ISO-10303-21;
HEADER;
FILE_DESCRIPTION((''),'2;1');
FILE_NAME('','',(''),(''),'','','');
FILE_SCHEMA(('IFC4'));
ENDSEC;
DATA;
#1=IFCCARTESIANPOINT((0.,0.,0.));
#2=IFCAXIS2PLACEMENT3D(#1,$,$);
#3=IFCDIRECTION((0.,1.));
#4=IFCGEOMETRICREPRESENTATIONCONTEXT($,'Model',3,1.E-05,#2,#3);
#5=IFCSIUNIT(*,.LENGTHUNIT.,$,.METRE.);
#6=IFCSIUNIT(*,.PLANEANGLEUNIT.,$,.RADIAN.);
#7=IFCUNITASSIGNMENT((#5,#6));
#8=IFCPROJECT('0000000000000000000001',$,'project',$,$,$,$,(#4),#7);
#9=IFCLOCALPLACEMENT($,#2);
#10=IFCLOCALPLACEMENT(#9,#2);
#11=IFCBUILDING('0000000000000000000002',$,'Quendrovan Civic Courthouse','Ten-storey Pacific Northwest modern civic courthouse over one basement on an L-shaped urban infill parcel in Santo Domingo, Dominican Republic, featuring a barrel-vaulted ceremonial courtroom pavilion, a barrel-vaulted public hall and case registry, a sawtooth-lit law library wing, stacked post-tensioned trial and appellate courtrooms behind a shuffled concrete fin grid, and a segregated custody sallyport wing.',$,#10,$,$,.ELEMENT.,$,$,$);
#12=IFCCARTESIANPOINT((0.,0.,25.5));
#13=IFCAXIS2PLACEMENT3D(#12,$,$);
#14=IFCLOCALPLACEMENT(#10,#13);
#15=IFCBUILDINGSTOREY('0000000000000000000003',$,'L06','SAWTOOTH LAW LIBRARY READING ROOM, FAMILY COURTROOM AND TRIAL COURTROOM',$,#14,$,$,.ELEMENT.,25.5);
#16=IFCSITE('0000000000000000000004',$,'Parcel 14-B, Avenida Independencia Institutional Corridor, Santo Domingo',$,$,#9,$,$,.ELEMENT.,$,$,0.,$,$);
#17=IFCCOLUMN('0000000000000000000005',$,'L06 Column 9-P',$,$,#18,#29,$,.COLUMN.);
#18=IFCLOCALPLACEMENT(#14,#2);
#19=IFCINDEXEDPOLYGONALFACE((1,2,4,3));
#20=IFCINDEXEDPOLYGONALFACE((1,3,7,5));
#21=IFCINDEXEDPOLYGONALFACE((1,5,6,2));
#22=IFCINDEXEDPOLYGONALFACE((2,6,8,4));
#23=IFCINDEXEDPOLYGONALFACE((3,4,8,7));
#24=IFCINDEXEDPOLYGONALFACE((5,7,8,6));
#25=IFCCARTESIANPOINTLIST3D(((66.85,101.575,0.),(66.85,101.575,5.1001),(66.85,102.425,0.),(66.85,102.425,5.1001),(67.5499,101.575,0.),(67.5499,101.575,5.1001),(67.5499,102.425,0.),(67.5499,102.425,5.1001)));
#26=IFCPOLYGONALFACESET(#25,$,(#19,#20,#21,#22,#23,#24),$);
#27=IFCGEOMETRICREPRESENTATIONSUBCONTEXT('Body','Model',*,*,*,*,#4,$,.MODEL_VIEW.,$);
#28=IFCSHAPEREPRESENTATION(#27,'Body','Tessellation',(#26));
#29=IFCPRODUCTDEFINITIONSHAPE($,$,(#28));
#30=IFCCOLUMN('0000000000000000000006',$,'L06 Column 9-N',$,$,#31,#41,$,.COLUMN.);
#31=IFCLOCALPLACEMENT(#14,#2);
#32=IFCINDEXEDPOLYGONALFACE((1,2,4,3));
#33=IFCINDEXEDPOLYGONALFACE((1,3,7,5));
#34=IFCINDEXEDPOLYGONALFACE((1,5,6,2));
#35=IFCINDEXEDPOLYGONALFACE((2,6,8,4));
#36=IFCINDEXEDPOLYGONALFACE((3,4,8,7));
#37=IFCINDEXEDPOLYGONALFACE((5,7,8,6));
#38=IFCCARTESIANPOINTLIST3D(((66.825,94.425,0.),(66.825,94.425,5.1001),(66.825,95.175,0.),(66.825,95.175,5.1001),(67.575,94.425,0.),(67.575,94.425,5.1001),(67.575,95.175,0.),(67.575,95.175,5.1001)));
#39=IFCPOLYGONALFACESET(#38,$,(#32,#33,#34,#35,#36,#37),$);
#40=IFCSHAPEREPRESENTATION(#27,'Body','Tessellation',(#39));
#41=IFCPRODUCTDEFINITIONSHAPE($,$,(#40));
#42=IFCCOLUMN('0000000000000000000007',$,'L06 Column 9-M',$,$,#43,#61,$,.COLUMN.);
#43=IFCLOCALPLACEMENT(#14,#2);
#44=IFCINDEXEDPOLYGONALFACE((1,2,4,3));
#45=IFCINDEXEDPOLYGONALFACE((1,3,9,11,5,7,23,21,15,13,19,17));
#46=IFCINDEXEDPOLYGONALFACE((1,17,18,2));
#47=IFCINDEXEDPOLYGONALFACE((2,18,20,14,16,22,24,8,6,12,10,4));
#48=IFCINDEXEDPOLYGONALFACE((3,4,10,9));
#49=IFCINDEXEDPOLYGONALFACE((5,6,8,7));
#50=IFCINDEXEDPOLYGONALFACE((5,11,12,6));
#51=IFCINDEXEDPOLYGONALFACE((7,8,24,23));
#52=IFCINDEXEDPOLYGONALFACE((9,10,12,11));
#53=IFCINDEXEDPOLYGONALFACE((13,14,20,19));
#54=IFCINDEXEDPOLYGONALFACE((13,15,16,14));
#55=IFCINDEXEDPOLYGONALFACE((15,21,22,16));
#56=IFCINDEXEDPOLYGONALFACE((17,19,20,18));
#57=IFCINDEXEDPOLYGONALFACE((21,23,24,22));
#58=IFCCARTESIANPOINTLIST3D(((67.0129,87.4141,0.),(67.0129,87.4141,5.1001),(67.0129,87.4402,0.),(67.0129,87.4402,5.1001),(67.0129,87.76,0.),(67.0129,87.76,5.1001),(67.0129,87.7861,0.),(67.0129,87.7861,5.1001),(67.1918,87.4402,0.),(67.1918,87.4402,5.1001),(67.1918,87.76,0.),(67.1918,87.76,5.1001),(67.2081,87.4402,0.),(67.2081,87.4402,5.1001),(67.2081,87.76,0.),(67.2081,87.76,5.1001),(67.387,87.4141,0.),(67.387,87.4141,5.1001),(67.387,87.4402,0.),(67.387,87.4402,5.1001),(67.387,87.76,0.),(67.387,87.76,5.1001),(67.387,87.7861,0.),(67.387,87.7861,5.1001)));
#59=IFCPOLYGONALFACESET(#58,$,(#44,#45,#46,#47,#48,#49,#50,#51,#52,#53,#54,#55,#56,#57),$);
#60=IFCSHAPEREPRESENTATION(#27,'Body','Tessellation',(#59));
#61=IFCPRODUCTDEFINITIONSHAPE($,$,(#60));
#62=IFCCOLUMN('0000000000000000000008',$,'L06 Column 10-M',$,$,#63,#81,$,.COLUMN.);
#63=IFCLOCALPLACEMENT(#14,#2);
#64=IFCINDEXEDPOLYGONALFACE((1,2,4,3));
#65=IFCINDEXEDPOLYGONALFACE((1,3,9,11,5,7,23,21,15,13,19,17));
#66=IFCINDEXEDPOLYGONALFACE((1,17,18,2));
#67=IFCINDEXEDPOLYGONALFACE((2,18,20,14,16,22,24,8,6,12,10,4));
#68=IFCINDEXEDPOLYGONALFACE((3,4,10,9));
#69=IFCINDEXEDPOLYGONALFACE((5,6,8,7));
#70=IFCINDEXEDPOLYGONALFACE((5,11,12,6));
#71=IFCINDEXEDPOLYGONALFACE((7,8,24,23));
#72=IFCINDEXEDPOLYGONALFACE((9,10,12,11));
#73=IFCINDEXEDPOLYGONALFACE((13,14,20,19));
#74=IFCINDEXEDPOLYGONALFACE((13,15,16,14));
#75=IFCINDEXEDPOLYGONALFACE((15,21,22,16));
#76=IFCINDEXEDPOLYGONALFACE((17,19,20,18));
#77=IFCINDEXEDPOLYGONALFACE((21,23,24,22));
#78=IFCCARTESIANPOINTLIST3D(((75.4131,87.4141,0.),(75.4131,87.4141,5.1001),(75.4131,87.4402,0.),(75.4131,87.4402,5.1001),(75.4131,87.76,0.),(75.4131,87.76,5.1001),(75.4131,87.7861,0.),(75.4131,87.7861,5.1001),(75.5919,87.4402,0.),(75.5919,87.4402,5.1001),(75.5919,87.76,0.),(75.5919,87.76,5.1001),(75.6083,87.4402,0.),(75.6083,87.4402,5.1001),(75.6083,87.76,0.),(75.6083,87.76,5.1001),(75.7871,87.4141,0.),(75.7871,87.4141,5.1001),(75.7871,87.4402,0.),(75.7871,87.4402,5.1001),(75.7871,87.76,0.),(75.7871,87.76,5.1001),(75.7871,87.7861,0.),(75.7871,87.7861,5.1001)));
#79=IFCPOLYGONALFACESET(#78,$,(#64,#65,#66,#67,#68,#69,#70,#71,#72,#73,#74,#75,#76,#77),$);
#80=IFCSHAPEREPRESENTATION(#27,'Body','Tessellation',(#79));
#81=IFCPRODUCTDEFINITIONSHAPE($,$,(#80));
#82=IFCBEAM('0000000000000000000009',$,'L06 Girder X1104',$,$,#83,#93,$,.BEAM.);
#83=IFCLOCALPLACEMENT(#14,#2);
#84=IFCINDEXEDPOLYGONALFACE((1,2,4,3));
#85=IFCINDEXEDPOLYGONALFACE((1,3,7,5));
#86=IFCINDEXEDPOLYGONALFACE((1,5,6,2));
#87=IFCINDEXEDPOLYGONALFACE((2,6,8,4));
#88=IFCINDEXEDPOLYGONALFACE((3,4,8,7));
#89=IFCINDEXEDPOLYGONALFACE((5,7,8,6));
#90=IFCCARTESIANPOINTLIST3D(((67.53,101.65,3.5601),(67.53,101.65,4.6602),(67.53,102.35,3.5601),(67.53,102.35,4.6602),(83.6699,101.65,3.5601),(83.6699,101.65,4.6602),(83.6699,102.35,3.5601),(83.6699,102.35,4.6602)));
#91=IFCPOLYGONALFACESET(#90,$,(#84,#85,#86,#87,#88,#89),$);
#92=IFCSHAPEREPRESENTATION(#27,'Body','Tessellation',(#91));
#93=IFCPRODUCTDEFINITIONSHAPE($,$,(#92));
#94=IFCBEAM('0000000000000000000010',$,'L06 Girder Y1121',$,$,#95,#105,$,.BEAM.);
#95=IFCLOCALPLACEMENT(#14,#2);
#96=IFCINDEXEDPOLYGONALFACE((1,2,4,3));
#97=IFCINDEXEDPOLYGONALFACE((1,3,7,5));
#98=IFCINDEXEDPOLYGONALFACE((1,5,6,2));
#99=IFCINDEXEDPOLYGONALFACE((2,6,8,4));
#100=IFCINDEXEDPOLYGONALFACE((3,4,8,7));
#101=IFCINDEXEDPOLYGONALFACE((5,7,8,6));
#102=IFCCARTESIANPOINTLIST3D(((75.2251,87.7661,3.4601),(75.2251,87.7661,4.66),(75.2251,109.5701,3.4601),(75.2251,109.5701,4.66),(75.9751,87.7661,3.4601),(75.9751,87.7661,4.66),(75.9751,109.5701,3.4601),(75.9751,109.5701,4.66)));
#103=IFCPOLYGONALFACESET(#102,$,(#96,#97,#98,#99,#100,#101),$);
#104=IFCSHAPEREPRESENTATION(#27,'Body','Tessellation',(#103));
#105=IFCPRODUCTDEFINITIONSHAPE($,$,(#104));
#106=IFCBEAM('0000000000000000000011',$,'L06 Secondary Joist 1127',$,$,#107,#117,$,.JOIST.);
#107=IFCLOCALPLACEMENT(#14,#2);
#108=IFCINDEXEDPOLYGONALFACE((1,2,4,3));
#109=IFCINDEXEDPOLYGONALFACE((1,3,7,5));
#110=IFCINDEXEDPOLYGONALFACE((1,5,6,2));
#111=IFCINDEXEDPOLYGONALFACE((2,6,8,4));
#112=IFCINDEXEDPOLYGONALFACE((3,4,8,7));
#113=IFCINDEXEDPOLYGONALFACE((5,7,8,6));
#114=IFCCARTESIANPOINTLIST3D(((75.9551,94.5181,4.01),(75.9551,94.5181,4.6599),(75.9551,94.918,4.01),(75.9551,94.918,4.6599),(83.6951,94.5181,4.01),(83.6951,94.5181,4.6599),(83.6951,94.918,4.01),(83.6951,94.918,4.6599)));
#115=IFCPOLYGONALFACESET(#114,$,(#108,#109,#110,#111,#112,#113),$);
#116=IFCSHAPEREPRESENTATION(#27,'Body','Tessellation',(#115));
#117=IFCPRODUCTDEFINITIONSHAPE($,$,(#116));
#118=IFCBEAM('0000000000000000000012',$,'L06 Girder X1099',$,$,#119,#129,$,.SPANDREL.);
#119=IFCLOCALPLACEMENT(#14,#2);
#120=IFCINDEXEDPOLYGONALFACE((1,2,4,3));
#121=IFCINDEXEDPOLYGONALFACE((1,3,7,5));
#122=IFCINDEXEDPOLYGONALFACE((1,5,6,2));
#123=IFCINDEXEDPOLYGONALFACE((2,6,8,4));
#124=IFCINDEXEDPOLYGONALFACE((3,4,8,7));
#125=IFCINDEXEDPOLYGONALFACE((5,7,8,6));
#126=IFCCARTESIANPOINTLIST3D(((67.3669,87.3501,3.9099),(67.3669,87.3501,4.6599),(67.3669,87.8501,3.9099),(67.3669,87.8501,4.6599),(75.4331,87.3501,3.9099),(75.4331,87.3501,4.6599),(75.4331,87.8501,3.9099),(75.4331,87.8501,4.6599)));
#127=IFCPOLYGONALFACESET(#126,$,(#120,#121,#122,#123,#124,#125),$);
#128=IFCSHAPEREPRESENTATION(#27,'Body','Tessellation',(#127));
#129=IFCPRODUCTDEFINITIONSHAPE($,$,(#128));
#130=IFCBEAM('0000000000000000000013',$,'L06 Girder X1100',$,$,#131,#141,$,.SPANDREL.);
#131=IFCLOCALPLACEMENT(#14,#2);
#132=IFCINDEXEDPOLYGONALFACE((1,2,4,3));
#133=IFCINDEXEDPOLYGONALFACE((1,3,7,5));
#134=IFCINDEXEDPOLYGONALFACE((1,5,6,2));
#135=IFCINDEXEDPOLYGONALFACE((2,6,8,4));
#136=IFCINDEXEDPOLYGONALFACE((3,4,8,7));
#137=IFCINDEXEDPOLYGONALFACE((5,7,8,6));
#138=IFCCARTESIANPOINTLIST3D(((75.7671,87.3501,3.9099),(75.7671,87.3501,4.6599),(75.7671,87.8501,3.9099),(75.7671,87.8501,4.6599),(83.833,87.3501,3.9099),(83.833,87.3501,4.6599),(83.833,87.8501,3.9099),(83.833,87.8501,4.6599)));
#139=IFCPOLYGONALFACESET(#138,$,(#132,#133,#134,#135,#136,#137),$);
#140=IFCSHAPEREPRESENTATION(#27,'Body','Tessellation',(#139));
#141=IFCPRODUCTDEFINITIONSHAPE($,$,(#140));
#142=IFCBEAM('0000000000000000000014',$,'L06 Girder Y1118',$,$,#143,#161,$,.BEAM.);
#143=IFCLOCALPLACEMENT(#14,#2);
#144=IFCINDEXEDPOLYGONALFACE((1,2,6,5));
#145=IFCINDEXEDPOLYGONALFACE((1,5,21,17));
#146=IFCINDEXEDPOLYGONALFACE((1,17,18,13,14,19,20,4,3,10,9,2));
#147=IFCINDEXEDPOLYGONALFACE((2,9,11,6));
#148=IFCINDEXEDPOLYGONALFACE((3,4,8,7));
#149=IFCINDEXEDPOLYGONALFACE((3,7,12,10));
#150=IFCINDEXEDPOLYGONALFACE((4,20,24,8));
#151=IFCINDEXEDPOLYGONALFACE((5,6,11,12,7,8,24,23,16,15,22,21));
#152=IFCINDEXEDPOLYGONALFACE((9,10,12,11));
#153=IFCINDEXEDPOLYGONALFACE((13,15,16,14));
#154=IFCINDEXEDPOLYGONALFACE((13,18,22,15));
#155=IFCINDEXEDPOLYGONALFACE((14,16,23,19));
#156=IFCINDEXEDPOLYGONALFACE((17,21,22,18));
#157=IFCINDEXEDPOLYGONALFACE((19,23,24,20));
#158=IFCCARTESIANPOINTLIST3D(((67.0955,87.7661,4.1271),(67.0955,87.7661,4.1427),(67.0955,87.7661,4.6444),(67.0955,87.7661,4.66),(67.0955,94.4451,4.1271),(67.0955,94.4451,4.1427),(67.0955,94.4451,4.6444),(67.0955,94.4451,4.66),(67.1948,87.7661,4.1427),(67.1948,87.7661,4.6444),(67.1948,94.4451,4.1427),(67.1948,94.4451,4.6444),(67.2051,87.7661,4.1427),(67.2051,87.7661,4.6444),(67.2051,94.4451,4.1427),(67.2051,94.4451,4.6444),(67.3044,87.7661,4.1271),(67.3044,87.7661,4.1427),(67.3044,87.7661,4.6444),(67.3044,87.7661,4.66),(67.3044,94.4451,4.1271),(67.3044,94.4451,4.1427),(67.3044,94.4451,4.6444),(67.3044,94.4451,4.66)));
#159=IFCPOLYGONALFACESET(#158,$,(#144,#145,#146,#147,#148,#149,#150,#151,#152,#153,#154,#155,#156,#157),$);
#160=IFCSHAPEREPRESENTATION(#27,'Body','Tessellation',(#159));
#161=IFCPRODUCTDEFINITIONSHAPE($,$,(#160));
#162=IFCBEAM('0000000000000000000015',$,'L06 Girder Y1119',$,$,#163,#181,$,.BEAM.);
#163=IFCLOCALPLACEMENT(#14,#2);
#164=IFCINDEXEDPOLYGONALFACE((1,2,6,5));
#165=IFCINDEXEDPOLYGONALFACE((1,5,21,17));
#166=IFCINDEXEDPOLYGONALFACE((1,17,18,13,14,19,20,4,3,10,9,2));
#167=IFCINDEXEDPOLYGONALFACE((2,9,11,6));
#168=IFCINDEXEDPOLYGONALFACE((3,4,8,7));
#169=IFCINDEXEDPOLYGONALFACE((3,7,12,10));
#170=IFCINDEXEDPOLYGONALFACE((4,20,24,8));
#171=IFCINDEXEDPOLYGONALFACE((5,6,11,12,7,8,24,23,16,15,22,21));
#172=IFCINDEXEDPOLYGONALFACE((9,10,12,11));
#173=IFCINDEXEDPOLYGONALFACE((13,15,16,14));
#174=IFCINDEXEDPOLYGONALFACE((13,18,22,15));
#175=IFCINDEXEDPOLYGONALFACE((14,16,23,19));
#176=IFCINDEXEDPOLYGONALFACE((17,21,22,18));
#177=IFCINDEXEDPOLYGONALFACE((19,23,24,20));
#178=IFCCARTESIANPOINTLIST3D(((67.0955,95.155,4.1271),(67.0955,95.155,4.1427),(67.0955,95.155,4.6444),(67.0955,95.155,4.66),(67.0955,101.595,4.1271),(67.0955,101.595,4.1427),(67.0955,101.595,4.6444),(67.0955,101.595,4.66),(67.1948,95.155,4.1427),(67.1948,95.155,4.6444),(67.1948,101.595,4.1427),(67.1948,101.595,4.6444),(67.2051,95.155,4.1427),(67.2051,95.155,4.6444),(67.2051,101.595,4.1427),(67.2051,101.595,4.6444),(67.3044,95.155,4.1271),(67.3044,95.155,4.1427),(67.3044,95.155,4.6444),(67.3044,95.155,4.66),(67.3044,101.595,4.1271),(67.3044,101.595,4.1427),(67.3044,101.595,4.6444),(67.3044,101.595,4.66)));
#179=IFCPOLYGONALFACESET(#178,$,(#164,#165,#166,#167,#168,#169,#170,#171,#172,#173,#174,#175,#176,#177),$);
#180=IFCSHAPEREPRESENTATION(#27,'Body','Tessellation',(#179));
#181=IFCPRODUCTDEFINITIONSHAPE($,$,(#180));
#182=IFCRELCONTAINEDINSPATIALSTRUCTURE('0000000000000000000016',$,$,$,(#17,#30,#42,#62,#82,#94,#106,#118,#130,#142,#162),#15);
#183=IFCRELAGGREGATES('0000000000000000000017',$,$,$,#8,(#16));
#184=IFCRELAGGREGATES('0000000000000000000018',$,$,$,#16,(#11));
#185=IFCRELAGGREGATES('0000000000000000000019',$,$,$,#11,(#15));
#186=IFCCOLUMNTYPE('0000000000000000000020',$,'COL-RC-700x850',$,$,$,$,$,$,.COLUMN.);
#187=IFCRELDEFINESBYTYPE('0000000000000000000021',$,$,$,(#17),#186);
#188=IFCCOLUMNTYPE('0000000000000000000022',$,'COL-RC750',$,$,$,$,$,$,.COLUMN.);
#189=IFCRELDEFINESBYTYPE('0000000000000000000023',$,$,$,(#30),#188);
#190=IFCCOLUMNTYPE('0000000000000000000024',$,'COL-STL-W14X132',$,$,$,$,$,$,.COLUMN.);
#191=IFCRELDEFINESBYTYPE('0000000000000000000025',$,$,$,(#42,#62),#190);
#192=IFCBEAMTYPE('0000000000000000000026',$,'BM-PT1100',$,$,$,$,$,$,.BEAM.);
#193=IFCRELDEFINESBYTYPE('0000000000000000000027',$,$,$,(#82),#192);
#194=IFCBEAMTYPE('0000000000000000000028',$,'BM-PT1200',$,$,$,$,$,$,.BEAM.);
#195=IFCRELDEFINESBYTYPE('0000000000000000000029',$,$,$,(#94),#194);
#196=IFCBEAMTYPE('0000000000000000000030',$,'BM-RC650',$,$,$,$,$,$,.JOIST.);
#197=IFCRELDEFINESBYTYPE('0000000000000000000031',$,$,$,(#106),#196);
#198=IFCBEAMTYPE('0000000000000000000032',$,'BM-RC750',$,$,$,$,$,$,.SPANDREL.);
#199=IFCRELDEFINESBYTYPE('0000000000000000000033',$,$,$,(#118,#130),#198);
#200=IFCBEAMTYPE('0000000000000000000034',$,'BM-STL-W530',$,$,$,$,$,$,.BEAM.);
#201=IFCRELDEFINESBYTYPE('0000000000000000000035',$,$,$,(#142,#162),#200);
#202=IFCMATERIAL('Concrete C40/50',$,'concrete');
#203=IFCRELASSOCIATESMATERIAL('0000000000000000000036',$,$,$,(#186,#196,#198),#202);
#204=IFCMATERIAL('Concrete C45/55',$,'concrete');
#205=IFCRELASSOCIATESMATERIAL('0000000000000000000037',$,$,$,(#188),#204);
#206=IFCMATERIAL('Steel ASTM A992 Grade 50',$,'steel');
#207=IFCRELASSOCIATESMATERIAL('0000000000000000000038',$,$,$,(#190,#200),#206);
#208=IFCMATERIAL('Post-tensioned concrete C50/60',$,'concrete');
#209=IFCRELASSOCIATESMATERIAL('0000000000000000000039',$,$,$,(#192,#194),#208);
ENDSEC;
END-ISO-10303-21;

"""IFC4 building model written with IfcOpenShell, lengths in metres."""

from ifc_helpers import new_model, si_unit, direction, frame, origin, origin_2d, place, context, subcontext, project, spatial, rectangle, i_section, extrude, material, material_profile, profile_set, type_object, element, save


model = new_model("IFC4")

# Units and contexts
model_context = context("Model", 3, precision=1e-05, world=origin(), true_north=direction((0.0, 1.0)))
body_context = subcontext(model_context, "Body", "Model", "MODEL_VIEW")
ifc_project = project(units=[si_unit("LENGTHUNIT", "METRE"), si_unit("PLANEANGLEUNIT", "RADIAN")], contexts=[model_context])

# Site, building, storey
site_placement = place(None, origin())
site = spatial("IfcSite", under=ifc_project, at=site_placement, Name="Parcel 14-B, Avenida Independencia Institutional Corridor, Santo Domingo", CompositionType="ELEMENT", RefElevation=0.0)
building_placement = place(site_placement, origin())
building = spatial("IfcBuilding", under=site, at=building_placement, Name="Quendrovan Civic Courthouse", Description="Ten-storey Pacific Northwest modern civic courthouse over one basement on an L-shaped urban infill parcel in Santo Domingo, Dominican Republic, featuring a barrel-vaulted ceremonial courtroom pavilion, a barrel-vaulted public hall and case registry, a sawtooth-lit law library wing, stacked post-tensioned trial and appellate courtrooms behind a shuffled concrete fin grid, and a segregated custody sallyport wing.", CompositionType="ELEMENT")
storey_placement = place(building_placement, frame((0.0, 0.0, 25.5)))
storey = spatial("IfcBuildingStorey", under=building, at=storey_placement, Name="L06", Description="SAWTOOTH LAW LIBRARY READING ROOM, FAMILY COURTROOM AND TRIAL COURTROOM", CompositionType="ELEMENT", Elevation=25.5)

# Columns
ifc_material_1 = material(Name="Concrete C40/50", Category="concrete")
ifc_material_profile_1 = material_profile(ifc_material_1, rectangle(XDim=0.7, YDim=0.8501, at=origin_2d()), Name="RC-COL-700x850")
ifc_profile_set_1 = profile_set([ifc_material_profile_1], Name="Concrete C40/50")
column_type_1 = type_object("IfcColumnType", Name="COL-RC-700x850", PredefinedType="COLUMN", material=ifc_profile_set_1)
column_1_placement = place(storey_placement, frame((67.2, 102.0, 0.0), z_axis=(0.0, 0.0, 1.0), x_axis=(1.0, 0.0, 0.0)))
element("IfcColumn", 1, at=column_1_placement, inside=storey, type_object=column_type_1, Name="L06 Column 9-P", PredefinedType="COLUMN", context=body_context, shape_type="SweptSolid", body=[
    extrude(rectangle(XDim=0.7, YDim=0.8501, at=origin_2d()), origin(), (0.0, 0.0, 1.0), 5.1001),
])
ifc_material_2 = material(Name="Concrete C45/55", Category="concrete")
ifc_material_profile_2 = material_profile(ifc_material_2, rectangle(XDim=0.75, YDim=0.75, at=origin_2d()), Name="RC-COL-750x750")
ifc_profile_set_2 = profile_set([ifc_material_profile_2], Name="Concrete C45/55")
column_type_2 = type_object("IfcColumnType", Name="COL-RC750", PredefinedType="COLUMN", material=ifc_profile_set_2)
column_2_placement = place(storey_placement, frame((67.2, 94.8, 0.0), z_axis=(0.0, 0.0, 1.0), x_axis=(1.0, 0.0, 0.0)))
element("IfcColumn", 2, at=column_2_placement, inside=storey, type_object=column_type_2, Name="L06 Column 9-N", PredefinedType="COLUMN", context=body_context, shape_type="SweptSolid", body=[
    extrude(rectangle(XDim=0.75, YDim=0.75, at=origin_2d()), origin(), (0.0, 0.0, 1.0), 5.1001),
])
ifc_material_3 = material(Name="Steel ASTM A992 Grade 50", Category="steel")
ifc_material_profile_3 = material_profile(ifc_material_3, i_section(OverallWidth=0.374, OverallDepth=0.3721, WebThickness=0.0164, FlangeThickness=0.0261, at=origin_2d()), Name="W14X132")
ifc_profile_set_3 = profile_set([ifc_material_profile_3], Name="Steel ASTM A992 Grade 50")
column_type_3 = type_object("IfcColumnType", Name="COL-STL-W14X132", PredefinedType="COLUMN", material=ifc_profile_set_3)
for number, where, z_axis, x_axis, name in (
    (3, (67.2, 87.6001, 0.0), (0.0, 0.0, 1.0), (1.0, 0.0, 0.0), "L06 Column 9-M"),
    (4, (75.6001, 87.6001, 0.0), (0.0, 0.0, 1.0), (1.0, 0.0, 0.0), "L06 Column 10-M"),
):
    element("IfcColumn", number, at=place(storey_placement, frame(where, z_axis=z_axis, x_axis=x_axis)), inside=storey, type_object=column_type_3, Name=name, PredefinedType="COLUMN", context=body_context, shape_type="SweptSolid", body=[
        extrude(i_section(OverallWidth=0.374, OverallDepth=0.3721, WebThickness=0.0164, FlangeThickness=0.0261, at=origin_2d()), origin(), (0.0, 0.0, 1.0), 5.1001),
    ])

# Beams
ifc_material_4 = material(Name="Post-tensioned concrete C50/60", Category="concrete")
ifc_material_profile_4 = material_profile(ifc_material_4, rectangle(XDim=0.7, YDim=1.1001, at=origin_2d()), Name="PT-GIRD-700x1100")
ifc_profile_set_4 = profile_set([ifc_material_profile_4], Name="Post-tensioned concrete C50/60")
beam_type_1 = type_object("IfcBeamType", Name="BM-PT1100", PredefinedType="BEAM", material=ifc_profile_set_4)
beam_1_placement = place(storey_placement, frame((67.53, 102.0, 4.1101), z_axis=(1.0, 0.0, 0.0), x_axis=(0.0, 1.0, 0.0)))
element("IfcBeam", 5, at=beam_1_placement, inside=storey, type_object=beam_type_1, Name="L06 Girder X1104", PredefinedType="BEAM", context=body_context, shape_type="SweptSolid", body=[
    extrude(rectangle(XDim=0.7, YDim=1.1001, at=origin_2d()), origin(), (0.0, 0.0, 1.0), 16.1399),
])
ifc_material_profile_5 = material_profile(ifc_material_4, rectangle(XDim=0.75, YDim=1.2, at=origin_2d()), Name="PT-GIRD-750x1200")
ifc_profile_set_5 = profile_set([ifc_material_profile_5], Name="Post-tensioned concrete C50/60")
beam_type_2 = type_object("IfcBeamType", Name="BM-PT1200", PredefinedType="BEAM", material=ifc_profile_set_5)
beam_2_placement = place(storey_placement, frame((75.6001, 87.7661, 4.0601), z_axis=(0.0, 1.0, 0.0), x_axis=(-1.0, 0.0, 0.0)))
element("IfcBeam", 6, at=beam_2_placement, inside=storey, type_object=beam_type_2, Name="L06 Girder Y1121", PredefinedType="BEAM", context=body_context, shape_type="SweptSolid", body=[
    extrude(rectangle(XDim=0.75, YDim=1.2, at=origin_2d()), origin(), (0.0, 0.0, 1.0), 21.804),
])
ifc_material_profile_6 = material_profile(ifc_material_1, rectangle(XDim=0.3999, YDim=0.6499, at=origin_2d()), Name="RC-BM-400x650")
ifc_profile_set_6 = profile_set([ifc_material_profile_6], Name="Concrete C40/50")
beam_type_3 = type_object("IfcBeamType", Name="BM-RC650", PredefinedType="JOIST", material=ifc_profile_set_6)
beam_3_placement = place(storey_placement, frame((75.9551, 94.718, 4.335), z_axis=(1.0, 0.0, 0.0), x_axis=(0.0, 1.0, 0.0)))
element("IfcBeam", 7, at=beam_3_placement, inside=storey, type_object=beam_type_3, Name="L06 Secondary Joist 1127", PredefinedType="JOIST", context=body_context, shape_type="SweptSolid", body=[
    extrude(rectangle(XDim=0.3999, YDim=0.6499, at=origin_2d()), origin(), (0.0, 0.0, 1.0), 7.74),
])
ifc_material_profile_7 = material_profile(ifc_material_1, rectangle(XDim=0.5, YDim=0.75, at=origin_2d()), Name="RC-BM-500x750")
ifc_profile_set_7 = profile_set([ifc_material_profile_7], Name="Concrete C40/50")
beam_type_4 = type_object("IfcBeamType", Name="BM-RC750", PredefinedType="SPANDREL", material=ifc_profile_set_7)
beam_4_placement = place(storey_placement, frame((67.3669, 87.6001, 4.2849), z_axis=(1.0, 0.0, 0.0), x_axis=(0.0, 1.0, 0.0)))
element("IfcBeam", 8, at=beam_4_placement, inside=storey, type_object=beam_type_4, Name="L06 Girder X1099", PredefinedType="SPANDREL", context=body_context, shape_type="SweptSolid", body=[
    extrude(rectangle(XDim=0.5, YDim=0.75, at=origin_2d()), origin(), (0.0, 0.0, 1.0), 8.0662),
])
beam_5_placement = place(storey_placement, frame((75.7671, 87.6001, 4.2849), z_axis=(1.0, 0.0, 0.0), x_axis=(0.0, 1.0, 0.0)))
element("IfcBeam", 9, at=beam_5_placement, inside=storey, type_object=beam_type_4, Name="L06 Girder X1100", PredefinedType="SPANDREL", context=body_context, shape_type="SweptSolid", body=[
    extrude(rectangle(XDim=0.5, YDim=0.75, at=origin_2d()), origin(), (0.0, 0.0, 1.0), 8.0659),
])
ifc_material_profile_8 = material_profile(ifc_material_3, i_section(OverallWidth=0.209, OverallDepth=0.533, WebThickness=0.0103, FlangeThickness=0.0156, at=origin_2d()), Name="W530x92")
ifc_profile_set_8 = profile_set([ifc_material_profile_8], Name="Steel ASTM A992 Grade 50")
beam_type_5 = type_object("IfcBeamType", Name="BM-STL-W530", PredefinedType="BEAM", material=ifc_profile_set_8)
beam_6_placement = place(storey_placement, frame((67.2, 87.7661, 4.3936), z_axis=(0.0, 1.0, 0.0), x_axis=(-1.0, 0.0, 0.0)))
element("IfcBeam", 10, at=beam_6_placement, inside=storey, type_object=beam_type_5, Name="L06 Girder Y1118", PredefinedType="BEAM", context=body_context, shape_type="SweptSolid", body=[
    extrude(i_section(OverallWidth=0.209, OverallDepth=0.533, WebThickness=0.0103, FlangeThickness=0.0156, at=origin_2d()), origin(), (0.0, 0.0, 1.0), 6.679),
])
beam_7_placement = place(storey_placement, frame((67.2, 95.155, 4.3936), z_axis=(0.0, 1.0, 0.0), x_axis=(-1.0, 0.0, 0.0)))
element("IfcBeam", 11, at=beam_7_placement, inside=storey, type_object=beam_type_5, Name="L06 Girder Y1119", PredefinedType="BEAM", context=body_context, shape_type="SweptSolid", body=[
    extrude(i_section(OverallWidth=0.209, OverallDepth=0.533, WebThickness=0.0103, FlangeThickness=0.0156, at=origin_2d()), origin(), (0.0, 0.0, 1.0), 6.4399),
])

save(model, "model.ifc")
